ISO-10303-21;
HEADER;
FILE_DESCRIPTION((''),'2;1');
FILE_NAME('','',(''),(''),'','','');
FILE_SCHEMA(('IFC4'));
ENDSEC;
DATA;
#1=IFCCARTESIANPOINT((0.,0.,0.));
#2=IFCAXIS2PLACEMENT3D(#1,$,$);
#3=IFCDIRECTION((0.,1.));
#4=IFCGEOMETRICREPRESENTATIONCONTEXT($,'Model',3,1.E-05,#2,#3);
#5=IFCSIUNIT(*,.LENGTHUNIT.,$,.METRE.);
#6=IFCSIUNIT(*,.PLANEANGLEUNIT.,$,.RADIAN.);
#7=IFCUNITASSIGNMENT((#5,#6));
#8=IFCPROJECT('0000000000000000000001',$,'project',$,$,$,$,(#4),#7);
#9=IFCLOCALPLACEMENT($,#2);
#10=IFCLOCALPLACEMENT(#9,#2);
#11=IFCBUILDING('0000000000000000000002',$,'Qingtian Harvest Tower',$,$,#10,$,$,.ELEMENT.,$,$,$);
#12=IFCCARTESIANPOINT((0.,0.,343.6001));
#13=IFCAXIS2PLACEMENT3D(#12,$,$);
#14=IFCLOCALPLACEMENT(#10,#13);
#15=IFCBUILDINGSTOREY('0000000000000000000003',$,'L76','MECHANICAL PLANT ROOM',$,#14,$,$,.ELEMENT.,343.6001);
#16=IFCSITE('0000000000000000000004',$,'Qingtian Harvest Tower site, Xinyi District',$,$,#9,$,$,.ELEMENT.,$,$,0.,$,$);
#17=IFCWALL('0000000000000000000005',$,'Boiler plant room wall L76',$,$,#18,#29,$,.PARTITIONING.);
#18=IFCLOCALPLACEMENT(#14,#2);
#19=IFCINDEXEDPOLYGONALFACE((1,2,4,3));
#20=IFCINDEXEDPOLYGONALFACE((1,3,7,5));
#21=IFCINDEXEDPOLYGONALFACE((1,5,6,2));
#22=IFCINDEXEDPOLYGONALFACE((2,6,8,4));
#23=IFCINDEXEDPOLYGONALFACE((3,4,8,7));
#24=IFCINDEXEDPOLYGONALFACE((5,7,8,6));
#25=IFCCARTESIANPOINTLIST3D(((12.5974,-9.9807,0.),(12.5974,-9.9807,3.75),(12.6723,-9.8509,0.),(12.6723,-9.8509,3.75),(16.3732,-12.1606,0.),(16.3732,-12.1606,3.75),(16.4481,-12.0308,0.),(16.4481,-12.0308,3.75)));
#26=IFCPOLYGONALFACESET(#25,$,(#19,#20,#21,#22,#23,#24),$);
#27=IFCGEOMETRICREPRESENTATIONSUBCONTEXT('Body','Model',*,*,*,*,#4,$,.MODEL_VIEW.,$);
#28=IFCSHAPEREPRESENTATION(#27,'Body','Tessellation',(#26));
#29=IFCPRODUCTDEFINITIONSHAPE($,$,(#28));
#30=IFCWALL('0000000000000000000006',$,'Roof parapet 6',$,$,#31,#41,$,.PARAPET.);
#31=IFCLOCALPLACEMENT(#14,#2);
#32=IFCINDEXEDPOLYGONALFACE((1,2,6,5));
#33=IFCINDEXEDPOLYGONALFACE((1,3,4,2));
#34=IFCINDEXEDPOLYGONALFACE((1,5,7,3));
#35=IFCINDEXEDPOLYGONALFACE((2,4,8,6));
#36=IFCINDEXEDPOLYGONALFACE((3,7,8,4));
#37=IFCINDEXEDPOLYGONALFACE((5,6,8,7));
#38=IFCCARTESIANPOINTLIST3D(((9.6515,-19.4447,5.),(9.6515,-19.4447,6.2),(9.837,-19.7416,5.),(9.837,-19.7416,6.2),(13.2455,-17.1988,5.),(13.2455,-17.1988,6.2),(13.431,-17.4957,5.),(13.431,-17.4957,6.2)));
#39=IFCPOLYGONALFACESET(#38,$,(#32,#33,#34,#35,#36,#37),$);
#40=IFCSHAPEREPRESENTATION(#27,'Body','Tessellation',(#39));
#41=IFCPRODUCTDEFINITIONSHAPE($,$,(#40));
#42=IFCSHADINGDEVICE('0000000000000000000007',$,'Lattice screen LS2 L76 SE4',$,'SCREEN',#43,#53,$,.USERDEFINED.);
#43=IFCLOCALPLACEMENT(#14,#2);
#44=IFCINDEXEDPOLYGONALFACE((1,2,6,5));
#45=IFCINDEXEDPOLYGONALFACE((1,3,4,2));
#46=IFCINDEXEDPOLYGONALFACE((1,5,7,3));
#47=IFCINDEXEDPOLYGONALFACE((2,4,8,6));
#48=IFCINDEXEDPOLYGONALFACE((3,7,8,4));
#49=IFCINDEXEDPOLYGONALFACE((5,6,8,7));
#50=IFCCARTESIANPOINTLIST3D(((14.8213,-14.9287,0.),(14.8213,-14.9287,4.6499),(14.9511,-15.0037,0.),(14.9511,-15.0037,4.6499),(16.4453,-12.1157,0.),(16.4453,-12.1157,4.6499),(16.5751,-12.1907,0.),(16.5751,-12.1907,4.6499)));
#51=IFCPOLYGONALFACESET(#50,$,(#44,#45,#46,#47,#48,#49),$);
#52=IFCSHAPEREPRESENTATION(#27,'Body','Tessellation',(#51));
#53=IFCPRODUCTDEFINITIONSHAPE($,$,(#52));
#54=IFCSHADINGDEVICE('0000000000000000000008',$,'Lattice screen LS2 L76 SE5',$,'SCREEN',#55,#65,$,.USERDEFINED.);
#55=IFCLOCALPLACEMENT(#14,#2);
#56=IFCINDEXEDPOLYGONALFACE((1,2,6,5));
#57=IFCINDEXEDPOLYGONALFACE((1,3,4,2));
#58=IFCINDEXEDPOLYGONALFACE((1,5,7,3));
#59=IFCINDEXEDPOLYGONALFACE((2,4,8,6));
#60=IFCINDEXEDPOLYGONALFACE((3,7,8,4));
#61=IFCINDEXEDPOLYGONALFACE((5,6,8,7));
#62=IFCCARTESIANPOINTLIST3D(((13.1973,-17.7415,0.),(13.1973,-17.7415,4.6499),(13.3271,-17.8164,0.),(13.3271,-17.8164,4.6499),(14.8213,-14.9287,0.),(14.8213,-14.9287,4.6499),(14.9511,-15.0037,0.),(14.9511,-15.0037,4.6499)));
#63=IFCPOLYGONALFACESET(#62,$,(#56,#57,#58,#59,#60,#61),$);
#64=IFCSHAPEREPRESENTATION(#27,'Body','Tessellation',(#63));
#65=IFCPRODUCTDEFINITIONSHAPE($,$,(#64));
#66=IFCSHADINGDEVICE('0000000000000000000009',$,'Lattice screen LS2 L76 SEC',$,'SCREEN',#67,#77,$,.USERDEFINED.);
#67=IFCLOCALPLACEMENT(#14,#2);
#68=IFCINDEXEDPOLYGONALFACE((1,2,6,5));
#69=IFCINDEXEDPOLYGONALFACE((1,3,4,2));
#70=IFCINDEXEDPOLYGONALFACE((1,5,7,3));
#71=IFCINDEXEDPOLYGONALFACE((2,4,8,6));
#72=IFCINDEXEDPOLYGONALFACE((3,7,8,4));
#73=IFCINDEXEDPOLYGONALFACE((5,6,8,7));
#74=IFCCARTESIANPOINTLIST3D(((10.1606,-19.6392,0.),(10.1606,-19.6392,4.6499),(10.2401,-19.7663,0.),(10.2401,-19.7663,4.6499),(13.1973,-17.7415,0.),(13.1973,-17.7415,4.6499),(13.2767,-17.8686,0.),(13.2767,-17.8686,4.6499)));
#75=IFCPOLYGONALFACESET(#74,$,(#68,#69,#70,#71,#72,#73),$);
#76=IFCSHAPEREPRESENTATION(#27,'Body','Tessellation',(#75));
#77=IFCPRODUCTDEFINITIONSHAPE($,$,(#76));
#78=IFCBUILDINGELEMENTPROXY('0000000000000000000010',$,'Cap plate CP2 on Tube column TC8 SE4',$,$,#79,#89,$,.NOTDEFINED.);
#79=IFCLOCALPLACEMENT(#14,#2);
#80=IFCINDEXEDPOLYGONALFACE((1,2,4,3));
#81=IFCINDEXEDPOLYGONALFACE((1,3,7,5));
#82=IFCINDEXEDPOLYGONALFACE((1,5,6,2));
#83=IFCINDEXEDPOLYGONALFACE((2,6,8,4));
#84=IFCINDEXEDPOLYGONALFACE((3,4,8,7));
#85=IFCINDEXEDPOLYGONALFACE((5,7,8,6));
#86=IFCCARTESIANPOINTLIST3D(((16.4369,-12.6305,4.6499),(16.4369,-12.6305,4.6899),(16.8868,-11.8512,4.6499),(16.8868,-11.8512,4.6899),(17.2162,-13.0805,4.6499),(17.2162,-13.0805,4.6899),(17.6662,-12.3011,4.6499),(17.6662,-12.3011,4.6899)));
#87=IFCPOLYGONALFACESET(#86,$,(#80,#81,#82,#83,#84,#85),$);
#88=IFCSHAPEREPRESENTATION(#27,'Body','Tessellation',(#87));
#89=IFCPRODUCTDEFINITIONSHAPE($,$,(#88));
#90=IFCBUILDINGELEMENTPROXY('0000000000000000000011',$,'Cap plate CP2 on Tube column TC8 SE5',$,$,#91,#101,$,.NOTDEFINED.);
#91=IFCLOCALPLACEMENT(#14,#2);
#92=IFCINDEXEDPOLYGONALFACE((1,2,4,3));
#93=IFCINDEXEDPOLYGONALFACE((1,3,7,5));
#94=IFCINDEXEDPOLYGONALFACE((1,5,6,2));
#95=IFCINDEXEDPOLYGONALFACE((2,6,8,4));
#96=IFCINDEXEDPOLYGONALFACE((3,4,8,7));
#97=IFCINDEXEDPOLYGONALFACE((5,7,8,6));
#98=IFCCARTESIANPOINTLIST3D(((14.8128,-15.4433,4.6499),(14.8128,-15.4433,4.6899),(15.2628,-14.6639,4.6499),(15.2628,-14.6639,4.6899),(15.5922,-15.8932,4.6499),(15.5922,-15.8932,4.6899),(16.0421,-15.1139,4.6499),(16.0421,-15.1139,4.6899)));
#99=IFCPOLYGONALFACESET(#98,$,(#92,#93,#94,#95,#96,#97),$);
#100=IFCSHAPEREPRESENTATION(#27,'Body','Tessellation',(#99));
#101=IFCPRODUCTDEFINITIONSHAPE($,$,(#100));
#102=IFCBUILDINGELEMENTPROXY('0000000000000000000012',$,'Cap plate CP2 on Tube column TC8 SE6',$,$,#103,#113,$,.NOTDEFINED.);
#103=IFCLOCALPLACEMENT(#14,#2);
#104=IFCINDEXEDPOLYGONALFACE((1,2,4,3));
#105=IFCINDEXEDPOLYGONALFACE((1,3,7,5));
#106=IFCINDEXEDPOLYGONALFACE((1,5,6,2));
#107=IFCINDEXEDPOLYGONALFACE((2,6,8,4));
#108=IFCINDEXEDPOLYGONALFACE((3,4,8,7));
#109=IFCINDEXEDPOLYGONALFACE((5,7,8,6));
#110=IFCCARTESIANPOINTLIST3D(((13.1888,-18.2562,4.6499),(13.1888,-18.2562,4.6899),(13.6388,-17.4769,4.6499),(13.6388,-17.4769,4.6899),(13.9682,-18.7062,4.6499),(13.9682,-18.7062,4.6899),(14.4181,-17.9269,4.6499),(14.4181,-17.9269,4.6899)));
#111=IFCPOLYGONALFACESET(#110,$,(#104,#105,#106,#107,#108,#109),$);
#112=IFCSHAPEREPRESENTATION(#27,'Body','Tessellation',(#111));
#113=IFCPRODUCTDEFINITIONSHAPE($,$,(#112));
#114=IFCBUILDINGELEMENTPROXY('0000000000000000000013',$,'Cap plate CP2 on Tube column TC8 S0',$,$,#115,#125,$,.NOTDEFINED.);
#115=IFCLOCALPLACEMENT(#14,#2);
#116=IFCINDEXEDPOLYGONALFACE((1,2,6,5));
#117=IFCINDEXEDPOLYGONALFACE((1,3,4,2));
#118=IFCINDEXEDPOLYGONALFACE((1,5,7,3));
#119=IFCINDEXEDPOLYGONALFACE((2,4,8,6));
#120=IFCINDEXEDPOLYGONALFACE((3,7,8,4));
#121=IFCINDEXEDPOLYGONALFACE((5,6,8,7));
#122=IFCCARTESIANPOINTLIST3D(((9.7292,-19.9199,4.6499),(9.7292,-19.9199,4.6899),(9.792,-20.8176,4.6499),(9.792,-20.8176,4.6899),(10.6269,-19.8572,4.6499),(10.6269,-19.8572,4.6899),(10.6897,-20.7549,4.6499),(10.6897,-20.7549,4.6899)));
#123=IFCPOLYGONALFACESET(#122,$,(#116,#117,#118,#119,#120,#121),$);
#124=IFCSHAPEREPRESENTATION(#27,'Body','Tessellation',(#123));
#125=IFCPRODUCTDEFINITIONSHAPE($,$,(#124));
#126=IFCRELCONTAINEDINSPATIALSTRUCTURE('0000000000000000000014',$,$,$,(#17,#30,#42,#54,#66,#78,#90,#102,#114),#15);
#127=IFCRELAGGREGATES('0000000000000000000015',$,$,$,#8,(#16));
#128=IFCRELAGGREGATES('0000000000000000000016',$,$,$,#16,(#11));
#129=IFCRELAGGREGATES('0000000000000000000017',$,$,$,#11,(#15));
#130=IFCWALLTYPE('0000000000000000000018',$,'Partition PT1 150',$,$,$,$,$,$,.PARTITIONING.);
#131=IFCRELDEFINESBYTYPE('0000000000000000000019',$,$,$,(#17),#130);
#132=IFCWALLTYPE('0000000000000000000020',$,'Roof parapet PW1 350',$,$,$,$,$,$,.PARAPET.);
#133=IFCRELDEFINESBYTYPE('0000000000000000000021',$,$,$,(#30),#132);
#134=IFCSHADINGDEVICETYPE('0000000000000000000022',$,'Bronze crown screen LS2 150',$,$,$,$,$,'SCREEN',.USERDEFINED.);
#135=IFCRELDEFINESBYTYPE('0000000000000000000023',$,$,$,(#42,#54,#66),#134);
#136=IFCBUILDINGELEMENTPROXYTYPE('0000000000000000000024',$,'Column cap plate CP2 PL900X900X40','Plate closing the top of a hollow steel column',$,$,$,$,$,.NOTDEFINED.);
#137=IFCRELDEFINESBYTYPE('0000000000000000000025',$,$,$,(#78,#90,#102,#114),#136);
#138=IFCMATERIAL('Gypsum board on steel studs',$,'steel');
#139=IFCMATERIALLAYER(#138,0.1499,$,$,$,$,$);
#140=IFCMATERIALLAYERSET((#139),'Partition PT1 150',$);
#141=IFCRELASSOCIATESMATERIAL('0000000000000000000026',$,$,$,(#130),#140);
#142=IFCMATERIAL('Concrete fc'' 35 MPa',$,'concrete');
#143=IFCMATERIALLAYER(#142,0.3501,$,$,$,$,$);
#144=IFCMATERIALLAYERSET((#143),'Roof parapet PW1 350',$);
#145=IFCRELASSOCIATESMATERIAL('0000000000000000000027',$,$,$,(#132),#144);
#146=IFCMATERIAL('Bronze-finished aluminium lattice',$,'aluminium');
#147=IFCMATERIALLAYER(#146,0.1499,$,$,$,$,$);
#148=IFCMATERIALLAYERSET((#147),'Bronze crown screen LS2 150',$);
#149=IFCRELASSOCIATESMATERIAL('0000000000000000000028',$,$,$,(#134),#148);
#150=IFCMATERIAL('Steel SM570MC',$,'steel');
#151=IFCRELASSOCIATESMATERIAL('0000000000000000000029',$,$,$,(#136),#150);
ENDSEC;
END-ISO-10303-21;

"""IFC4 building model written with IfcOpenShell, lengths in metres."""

from ifc_helpers import new_model, si_unit, direction, frame, frame_2d, origin, origin_2d, place, context, subcontext, project, spatial, polyline, rectangle, outline, extrude, material, layer, layer_set, material_profile, profile_set, type_object, element, save


model = new_model("IFC4")

# Units and contexts
model_context = context("Model", 3, precision=1e-05, world=origin(), true_north=direction((0.0, 1.0)))
body_context = subcontext(model_context, "Body", "Model", "MODEL_VIEW")
ifc_project = project(units=[si_unit("LENGTHUNIT", "METRE"), si_unit("PLANEANGLEUNIT", "RADIAN")], contexts=[model_context])

# Site, building, storey
site_placement = place(None, origin())
site = spatial("IfcSite", under=ifc_project, at=site_placement, Name="Qingtian Harvest Tower site, Xinyi District", CompositionType="ELEMENT", RefElevation=0.0)
building_placement = place(site_placement, origin())
building = spatial("IfcBuilding", under=site, at=building_placement, Name="Qingtian Harvest Tower", CompositionType="ELEMENT")
storey_placement = place(building_placement, frame((0.0, 0.0, 343.6001)))
storey = spatial("IfcBuildingStorey", under=building, at=storey_placement, Name="L76", Description="MECHANICAL PLANT ROOM", CompositionType="ELEMENT", Elevation=343.6001)

# Walls
ifc_material_1 = material(Name="Gypsum board on steel studs", Category="steel")
ifc_layer_1 = layer(ifc_material_1, 0.1499)
ifc_layer_set_1 = layer_set([ifc_layer_1], Name="Partition PT1 150")
wall_type_1 = type_object("IfcWallType", Name="Partition PT1 150", PredefinedType="PARTITIONING", material=ifc_layer_set_1)
wall_1_placement = place(storey_placement, frame((16.4106, -12.0957, 0.0), z_axis=(0.0, 0.0, 1.0), x_axis=(-0.866033, 0.499987, 0.0)))
element("IfcWall", 1, at=wall_1_placement, inside=storey, type_object=wall_type_1, Name="Boiler plant room wall L76", PredefinedType="PARTITIONING", context=body_context, shape_type="SweptSolid", body=[
    extrude(rectangle(XDim=4.3599, YDim=0.1499, at=frame_2d((2.1799, 0.0))), origin(), (0.0, 0.0, 1.0), 3.75),
])
ifc_material_2 = material(Name="Concrete fc' 35 MPa", Category="concrete")
ifc_layer_2 = layer(ifc_material_2, 0.3501)
ifc_layer_set_2 = layer_set([ifc_layer_2], Name="Roof parapet PW1 350")
wall_type_2 = type_object("IfcWallType", Name="Roof parapet PW1 350", PredefinedType="PARAPET", material=ifc_layer_set_2)
wall_2_placement = place(storey_placement, frame((13.3384, -17.3472, 5.0), z_axis=(0.0, 0.0, 1.0), x_axis=(-0.84804, -0.529932, 0.0)))
element("IfcWall", 2, at=wall_2_placement, inside=storey, type_object=wall_type_2, Name="Roof parapet 6", PredefinedType="PARAPET", context=body_context, shape_type="SweptSolid", body=[
    extrude(rectangle(XDim=4.238, YDim=0.3501, at=frame_2d((2.1191, 0.0))), origin(), (0.0, 0.0, 1.0), 1.2),
])

# Shading devices
ifc_material_3 = material(Name="Bronze-finished aluminium lattice", Category="aluminium")
ifc_layer_3 = layer(ifc_material_3, 0.1499)
ifc_layer_set_3 = layer_set([ifc_layer_3], Name="Bronze crown screen LS2 150")
shading_device_type = type_object("IfcShadingDeviceType", Name="Bronze crown screen LS2 150", ElementType="SCREEN", PredefinedType="USERDEFINED", material=ifc_layer_set_3)
shading_device_1_placement = place(storey_placement, frame((16.4453, -12.1157, 0.0), z_axis=(-0.866033, 0.499987, 0.0), x_axis=(-0.499987, -0.866033, 0.0)))
element("IfcShadingDevice", 3, at=shading_device_1_placement, inside=storey, type_object=shading_device_type, Name="Lattice screen LS2 L76 SE4", ObjectType="SCREEN", PredefinedType="USERDEFINED", context=body_context, shape_type="SweptSolid", body=[
    extrude(outline(polyline([(0.0, 0.0), (3.2481, 0.0), (3.2481, 4.6499), (0.0, 4.6499), (0.0, 0.0)])), origin(), (0.0, 0.0, -1.0), 0.1499),
])
shading_device_2_placement = place(storey_placement, frame((14.8213, -14.9287, 0.0), z_axis=(-0.866014, 0.50002, 0.0), x_axis=(-0.50002, -0.866014, 0.0)))
element("IfcShadingDevice", 4, at=shading_device_2_placement, inside=storey, type_object=shading_device_type, Name="Lattice screen LS2 L76 SE5", ObjectType="SCREEN", PredefinedType="USERDEFINED", context=body_context, shape_type="SweptSolid", body=[
    extrude(outline(polyline([(0.0, 0.0), (3.2479, 0.0), (3.2479, 4.6499), (0.0, 4.6499), (0.0, 0.0)])), origin(), (0.0, 0.0, -1.0), 0.1499),
])
shading_device_3_placement = place(storey_placement, frame((13.1973, -17.7415, 0.0), z_axis=(-0.529962, 0.848021, 0.0), x_axis=(-0.848021, -0.529962, 0.0)))
element("IfcShadingDevice", 5, at=shading_device_3_placement, inside=storey, type_object=shading_device_type, Name="Lattice screen LS2 L76 SEC", ObjectType="SCREEN", PredefinedType="USERDEFINED", context=body_context, shape_type="SweptSolid", body=[
    extrude(outline(polyline([(0.0, 0.0), (3.5808, 0.0), (3.5808, 4.6499), (0.0, 4.6499), (0.0, 0.0)])), origin(), (0.0, 0.0, -1.0), 0.1499),
])

# Building element proxies
ifc_material_4 = material(Name="Steel SM570MC", Category="steel")
ifc_material_profile_1 = material_profile(ifc_material_4, rectangle(XDim=0.8999, YDim=0.8999, at=origin_2d()), Name="PL900X900X40")
ifc_profile_set_1 = profile_set([ifc_material_profile_1], Name="Steel SM570MC")
building_element_proxy_type = type_object("IfcBuildingElementProxyType", Name="Column cap plate CP2 PL900X900X40", Description="Plate closing the top of a hollow steel column", PredefinedType="NOTDEFINED", material=ifc_profile_set_1)
for number, where, z_axis, x_axis, name in (
    (6, (17.0515, -12.4658, 4.6499), (0.0, 0.0, 1.0), (0.5, 0.866025, 0.0), "Cap plate CP2 on Tube column TC8 SE4"),
    (7, (15.4275, -15.2786, 4.6499), (0.0, 0.0, 1.0), (0.5, 0.866025, 0.0), "Cap plate CP2 on Tube column TC8 SE5"),
    (8, (13.8035, -18.0916, 4.6499), (0.0, 0.0, 1.0), (0.5, 0.866025, 0.0), "Cap plate CP2 on Tube column TC8 SE6"),
    (9, (10.2095, -20.3374, 4.6499), (0.0, 0.0, 1.0), (0.997564, 0.069756, 0.0), "Cap plate CP2 on Tube column TC8 S0"),
):
    element("IfcBuildingElementProxy", number, at=place(storey_placement, frame(where, z_axis=z_axis, x_axis=x_axis)), inside=storey, type_object=building_element_proxy_type, Name=name, PredefinedType="NOTDEFINED", context=body_context, shape_type="SweptSolid", body=[
        extrude(rectangle(XDim=0.8999, YDim=0.8999, at=origin_2d()), origin(), (0.0, 0.0, 1.0), 0.04),
    ])

save(model, "model.ifc")
